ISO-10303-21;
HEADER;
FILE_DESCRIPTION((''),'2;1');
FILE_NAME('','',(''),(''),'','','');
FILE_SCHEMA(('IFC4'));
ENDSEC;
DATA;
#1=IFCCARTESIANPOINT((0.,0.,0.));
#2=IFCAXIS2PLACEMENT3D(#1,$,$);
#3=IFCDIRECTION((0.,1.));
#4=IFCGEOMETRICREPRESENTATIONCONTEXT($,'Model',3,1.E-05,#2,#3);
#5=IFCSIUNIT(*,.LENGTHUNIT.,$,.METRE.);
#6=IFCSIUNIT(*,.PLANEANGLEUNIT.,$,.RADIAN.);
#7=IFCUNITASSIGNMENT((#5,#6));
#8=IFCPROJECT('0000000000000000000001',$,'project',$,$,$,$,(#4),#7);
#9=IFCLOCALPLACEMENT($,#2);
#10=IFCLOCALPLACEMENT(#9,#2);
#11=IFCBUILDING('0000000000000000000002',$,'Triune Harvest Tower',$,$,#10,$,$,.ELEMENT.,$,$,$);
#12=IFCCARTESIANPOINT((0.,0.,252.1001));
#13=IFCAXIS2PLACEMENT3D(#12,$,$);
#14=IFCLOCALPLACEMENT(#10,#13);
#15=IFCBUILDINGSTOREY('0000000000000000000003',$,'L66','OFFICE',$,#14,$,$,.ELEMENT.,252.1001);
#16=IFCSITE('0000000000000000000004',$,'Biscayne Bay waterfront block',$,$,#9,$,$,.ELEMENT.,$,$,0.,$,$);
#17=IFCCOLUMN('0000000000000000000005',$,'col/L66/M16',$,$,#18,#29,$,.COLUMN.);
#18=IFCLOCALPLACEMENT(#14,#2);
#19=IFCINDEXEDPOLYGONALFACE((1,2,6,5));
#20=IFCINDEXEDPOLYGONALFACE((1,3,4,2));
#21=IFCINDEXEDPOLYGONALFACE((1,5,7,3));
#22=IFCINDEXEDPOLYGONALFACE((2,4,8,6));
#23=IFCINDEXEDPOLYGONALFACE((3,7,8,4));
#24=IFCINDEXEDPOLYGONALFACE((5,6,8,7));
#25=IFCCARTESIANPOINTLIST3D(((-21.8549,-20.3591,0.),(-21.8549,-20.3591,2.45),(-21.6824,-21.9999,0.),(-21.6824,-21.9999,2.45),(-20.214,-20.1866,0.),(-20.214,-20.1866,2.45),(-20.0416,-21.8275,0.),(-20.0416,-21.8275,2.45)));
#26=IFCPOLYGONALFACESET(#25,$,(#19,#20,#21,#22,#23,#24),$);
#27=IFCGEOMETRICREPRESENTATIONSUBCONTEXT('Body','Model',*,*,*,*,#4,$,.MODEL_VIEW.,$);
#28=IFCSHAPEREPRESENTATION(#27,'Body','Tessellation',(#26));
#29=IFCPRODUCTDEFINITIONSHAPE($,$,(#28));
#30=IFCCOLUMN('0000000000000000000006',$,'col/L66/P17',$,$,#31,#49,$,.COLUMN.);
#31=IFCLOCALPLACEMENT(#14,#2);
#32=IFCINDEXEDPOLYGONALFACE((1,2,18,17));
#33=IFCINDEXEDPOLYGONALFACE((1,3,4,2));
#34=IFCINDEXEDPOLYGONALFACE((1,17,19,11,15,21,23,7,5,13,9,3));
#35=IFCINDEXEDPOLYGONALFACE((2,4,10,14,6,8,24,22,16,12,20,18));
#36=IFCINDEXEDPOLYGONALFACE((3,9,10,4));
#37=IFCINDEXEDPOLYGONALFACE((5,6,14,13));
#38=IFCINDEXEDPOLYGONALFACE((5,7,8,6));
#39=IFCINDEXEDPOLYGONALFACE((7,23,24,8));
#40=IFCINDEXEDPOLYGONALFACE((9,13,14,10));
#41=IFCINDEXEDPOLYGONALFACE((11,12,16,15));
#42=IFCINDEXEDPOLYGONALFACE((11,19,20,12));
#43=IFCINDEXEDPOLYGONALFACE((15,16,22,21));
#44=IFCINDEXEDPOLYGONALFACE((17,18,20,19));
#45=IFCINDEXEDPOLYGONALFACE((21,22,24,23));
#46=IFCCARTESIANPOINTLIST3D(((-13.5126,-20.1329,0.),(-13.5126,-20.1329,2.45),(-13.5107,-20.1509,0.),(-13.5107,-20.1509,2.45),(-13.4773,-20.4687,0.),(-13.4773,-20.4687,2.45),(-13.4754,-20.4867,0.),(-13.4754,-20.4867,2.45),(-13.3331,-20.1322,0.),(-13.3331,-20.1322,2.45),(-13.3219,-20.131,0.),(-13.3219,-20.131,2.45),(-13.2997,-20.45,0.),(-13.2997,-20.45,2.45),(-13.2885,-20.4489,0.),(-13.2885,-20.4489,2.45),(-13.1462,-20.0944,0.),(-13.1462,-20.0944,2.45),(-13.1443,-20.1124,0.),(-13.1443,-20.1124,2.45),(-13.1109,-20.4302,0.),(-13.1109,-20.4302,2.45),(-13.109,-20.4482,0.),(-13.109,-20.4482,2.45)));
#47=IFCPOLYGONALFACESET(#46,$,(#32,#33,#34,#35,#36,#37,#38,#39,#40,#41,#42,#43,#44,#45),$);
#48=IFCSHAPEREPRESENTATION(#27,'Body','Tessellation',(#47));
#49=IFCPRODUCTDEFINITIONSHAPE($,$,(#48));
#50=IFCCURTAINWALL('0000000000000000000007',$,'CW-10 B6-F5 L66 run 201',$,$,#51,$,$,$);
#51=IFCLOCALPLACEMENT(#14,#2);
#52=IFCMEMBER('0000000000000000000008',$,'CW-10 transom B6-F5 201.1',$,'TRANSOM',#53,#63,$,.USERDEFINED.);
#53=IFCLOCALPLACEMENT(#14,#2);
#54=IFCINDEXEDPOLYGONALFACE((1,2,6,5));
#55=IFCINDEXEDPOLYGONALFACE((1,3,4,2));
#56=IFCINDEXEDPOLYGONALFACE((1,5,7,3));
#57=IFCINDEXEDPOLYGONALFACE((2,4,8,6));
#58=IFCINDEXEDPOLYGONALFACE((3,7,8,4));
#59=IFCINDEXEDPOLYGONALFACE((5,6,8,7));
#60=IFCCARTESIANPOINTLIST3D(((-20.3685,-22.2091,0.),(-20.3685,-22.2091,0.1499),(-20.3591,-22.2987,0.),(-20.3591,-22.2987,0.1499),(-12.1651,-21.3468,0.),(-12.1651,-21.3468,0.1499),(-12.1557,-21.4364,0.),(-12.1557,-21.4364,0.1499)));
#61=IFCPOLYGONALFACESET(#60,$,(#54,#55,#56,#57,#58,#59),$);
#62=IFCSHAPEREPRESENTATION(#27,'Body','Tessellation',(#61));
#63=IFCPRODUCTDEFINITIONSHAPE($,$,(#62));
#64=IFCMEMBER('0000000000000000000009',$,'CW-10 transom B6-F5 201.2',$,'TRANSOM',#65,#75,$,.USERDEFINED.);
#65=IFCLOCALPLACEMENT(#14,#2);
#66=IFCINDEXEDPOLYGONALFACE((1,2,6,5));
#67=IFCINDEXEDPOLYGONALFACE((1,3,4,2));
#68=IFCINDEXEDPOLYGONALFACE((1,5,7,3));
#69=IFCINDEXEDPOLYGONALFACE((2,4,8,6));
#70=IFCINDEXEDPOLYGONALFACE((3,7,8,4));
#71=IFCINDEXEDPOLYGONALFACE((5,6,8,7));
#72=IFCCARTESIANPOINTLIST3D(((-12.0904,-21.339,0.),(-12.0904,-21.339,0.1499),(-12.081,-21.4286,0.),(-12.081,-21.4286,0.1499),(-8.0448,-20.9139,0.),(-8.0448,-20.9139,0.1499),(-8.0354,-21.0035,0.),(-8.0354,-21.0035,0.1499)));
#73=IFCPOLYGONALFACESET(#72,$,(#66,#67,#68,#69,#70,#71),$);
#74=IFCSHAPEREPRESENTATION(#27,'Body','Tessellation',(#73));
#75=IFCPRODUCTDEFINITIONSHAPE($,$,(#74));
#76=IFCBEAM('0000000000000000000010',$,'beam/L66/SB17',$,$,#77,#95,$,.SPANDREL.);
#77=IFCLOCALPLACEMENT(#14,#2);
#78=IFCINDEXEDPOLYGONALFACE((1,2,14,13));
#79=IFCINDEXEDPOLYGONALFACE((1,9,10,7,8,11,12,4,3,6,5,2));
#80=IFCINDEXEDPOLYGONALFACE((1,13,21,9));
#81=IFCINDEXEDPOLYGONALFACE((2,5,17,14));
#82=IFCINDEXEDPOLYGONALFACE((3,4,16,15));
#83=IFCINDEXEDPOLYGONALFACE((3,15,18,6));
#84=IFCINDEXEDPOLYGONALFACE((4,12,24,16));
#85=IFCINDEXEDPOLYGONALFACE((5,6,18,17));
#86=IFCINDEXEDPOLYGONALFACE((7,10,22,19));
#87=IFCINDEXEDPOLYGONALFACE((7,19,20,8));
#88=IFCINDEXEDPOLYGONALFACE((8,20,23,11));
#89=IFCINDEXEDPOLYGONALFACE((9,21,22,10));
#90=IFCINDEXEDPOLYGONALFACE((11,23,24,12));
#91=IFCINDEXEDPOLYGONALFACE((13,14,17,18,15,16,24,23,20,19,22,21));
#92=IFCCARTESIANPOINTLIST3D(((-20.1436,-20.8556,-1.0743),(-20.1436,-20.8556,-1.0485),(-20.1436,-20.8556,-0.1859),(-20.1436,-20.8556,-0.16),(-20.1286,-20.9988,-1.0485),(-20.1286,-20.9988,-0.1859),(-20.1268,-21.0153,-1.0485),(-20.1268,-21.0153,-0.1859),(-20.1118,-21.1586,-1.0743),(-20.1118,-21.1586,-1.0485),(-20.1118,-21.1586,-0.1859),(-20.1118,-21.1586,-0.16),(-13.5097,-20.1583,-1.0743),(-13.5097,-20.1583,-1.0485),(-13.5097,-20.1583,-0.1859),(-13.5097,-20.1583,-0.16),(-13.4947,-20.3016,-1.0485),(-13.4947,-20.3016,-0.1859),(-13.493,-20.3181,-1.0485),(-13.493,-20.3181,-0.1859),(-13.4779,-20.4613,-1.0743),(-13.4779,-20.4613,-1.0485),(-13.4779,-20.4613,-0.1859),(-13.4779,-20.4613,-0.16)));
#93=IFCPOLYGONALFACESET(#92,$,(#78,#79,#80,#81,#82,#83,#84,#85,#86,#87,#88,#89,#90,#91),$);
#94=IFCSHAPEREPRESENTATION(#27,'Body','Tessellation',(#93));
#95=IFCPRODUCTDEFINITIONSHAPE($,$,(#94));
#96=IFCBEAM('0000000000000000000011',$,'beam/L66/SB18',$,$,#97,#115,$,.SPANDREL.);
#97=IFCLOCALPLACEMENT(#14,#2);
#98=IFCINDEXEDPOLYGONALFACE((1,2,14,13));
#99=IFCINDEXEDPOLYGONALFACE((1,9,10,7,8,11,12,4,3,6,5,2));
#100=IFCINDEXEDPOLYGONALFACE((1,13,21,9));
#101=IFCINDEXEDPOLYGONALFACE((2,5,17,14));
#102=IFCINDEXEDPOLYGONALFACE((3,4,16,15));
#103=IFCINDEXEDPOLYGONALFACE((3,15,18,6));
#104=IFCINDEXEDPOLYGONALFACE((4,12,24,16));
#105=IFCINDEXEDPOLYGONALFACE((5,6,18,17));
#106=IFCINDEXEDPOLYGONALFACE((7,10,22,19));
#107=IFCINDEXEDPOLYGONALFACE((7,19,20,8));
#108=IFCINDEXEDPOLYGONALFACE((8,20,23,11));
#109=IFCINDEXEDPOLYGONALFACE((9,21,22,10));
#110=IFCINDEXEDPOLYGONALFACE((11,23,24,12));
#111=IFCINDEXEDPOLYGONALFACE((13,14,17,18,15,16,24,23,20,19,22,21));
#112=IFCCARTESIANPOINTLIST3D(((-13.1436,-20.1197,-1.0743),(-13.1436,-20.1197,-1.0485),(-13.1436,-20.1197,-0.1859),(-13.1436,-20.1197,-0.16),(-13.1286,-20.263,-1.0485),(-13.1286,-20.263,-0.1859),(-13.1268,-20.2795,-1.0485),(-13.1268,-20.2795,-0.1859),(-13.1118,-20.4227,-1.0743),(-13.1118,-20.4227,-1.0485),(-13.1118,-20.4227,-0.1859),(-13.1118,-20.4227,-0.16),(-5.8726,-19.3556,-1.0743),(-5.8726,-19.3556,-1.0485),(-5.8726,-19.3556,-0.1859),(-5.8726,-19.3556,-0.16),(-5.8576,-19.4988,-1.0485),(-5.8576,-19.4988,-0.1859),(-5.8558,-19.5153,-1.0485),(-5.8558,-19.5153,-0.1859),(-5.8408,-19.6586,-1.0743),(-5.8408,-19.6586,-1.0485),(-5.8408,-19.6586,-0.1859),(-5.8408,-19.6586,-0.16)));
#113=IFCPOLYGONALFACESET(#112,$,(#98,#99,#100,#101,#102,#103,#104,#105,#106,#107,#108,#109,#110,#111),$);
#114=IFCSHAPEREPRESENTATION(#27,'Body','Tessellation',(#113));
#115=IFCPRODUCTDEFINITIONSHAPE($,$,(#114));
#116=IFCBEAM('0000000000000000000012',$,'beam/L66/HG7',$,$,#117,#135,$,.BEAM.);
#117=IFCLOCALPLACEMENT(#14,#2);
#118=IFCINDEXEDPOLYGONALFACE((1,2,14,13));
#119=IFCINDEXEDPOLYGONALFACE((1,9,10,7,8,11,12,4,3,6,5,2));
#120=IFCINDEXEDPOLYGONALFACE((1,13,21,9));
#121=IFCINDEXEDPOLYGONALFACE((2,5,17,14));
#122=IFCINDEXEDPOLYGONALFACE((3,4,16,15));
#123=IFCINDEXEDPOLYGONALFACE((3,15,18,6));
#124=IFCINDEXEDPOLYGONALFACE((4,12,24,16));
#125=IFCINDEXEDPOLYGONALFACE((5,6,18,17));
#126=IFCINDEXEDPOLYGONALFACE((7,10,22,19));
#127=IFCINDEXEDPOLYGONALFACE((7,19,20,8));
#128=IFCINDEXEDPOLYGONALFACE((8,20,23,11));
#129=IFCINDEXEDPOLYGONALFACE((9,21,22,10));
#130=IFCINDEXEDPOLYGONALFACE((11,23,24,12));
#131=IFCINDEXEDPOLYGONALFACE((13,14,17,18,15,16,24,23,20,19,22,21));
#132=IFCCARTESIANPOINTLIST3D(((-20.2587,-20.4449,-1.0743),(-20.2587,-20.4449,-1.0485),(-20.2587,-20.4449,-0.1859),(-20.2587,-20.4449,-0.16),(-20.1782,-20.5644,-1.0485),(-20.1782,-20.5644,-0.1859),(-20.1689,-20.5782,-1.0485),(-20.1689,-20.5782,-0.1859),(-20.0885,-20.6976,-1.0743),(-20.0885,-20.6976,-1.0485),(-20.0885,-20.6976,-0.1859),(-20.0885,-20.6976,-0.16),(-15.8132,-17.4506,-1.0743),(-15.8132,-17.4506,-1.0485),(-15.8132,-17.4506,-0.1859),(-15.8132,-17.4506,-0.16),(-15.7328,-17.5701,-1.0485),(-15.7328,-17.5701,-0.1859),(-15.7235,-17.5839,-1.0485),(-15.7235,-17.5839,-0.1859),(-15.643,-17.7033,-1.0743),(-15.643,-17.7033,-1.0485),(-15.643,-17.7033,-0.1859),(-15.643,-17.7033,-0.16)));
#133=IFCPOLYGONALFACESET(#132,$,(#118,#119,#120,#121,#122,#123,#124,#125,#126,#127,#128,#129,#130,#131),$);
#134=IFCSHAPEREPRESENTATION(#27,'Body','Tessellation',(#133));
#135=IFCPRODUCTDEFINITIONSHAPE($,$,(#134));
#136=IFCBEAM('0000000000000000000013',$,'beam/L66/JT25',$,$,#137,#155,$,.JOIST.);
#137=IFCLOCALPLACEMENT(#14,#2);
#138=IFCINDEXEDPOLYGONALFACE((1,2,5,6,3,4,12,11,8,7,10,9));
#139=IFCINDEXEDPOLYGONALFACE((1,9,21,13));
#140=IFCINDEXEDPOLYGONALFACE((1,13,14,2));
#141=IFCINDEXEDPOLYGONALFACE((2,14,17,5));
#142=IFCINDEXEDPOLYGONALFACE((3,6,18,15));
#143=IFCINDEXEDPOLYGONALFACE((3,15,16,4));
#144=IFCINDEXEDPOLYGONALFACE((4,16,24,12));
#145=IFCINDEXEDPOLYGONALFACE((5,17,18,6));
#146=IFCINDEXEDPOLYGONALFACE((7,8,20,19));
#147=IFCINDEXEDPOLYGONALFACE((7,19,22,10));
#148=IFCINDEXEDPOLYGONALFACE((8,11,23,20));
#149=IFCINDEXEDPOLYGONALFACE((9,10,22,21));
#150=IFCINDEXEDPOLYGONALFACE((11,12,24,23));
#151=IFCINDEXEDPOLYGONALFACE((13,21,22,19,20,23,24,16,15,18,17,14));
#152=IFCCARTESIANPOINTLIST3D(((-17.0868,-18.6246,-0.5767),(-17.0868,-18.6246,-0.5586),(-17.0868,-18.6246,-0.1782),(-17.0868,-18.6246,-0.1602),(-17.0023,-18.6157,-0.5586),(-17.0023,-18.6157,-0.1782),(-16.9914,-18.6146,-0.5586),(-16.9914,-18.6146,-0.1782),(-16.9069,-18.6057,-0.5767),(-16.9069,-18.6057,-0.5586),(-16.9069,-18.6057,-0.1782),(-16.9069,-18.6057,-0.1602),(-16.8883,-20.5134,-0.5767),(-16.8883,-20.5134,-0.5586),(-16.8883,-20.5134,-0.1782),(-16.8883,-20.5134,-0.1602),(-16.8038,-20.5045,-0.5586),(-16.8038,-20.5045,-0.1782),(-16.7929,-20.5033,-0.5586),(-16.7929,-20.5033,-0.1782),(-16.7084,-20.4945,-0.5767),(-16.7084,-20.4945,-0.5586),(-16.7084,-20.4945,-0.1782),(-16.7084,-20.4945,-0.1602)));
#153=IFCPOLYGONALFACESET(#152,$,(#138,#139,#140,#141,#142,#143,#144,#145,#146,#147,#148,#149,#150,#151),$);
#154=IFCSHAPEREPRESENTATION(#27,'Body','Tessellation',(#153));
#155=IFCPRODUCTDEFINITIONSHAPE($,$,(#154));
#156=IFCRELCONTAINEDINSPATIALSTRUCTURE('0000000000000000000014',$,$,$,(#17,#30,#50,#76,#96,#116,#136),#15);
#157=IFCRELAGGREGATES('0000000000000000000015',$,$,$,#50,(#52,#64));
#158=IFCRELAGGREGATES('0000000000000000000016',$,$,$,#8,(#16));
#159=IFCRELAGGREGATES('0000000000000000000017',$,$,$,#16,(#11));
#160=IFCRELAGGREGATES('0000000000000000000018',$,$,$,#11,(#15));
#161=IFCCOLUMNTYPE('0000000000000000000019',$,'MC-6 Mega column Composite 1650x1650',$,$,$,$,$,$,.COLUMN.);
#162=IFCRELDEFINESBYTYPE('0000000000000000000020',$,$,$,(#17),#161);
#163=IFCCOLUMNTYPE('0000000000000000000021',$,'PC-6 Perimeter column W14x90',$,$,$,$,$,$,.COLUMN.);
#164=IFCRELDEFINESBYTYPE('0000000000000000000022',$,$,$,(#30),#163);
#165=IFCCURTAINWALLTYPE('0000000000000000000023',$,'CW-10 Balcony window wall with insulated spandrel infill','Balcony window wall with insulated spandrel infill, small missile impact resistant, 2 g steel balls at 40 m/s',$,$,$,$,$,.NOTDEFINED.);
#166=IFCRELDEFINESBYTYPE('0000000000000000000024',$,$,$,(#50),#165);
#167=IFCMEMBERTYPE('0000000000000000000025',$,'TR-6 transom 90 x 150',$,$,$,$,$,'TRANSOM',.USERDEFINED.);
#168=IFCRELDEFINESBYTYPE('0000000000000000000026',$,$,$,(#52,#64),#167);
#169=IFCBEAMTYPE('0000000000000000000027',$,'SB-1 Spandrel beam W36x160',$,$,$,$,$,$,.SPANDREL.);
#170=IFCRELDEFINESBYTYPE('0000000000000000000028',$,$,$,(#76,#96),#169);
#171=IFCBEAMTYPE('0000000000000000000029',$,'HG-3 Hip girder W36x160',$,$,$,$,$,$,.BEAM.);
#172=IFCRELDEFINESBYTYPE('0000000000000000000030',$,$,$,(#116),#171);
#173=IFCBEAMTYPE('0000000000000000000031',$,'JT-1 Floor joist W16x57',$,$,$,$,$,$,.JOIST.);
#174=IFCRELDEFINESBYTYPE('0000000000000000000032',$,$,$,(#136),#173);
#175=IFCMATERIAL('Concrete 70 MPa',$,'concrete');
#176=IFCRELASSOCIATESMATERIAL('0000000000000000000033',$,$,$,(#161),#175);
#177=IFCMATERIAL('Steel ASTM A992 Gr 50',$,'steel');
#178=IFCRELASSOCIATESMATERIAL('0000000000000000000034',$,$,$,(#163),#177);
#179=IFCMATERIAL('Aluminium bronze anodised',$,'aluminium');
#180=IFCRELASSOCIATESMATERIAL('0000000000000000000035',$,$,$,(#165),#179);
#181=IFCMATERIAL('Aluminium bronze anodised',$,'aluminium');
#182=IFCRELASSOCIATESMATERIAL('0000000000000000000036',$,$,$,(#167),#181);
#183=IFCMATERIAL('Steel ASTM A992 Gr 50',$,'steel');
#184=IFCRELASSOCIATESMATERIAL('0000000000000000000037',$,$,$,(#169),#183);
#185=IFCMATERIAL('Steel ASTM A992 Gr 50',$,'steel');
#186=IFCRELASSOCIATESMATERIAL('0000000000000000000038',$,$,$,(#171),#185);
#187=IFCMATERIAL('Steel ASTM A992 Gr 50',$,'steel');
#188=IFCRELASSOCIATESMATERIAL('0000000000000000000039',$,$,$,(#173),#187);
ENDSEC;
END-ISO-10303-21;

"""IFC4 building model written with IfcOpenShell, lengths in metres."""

from ifc_helpers import new_model, si_unit, direction, frame, origin, origin_2d, place, context, subcontext, project, spatial, rectangle, i_section, extrude, source, transform, mapped, material, material_profile, profile_set, type_object, element, aggregate, save


model = new_model("IFC4")

# Units and contexts
model_context = context("Model", 3, precision=1e-05, world=origin(), true_north=direction((0.0, 1.0)))
body_context = subcontext(model_context, "Body", "Model", "MODEL_VIEW")
ifc_project = project(units=[si_unit("LENGTHUNIT", "METRE"), si_unit("PLANEANGLEUNIT", "RADIAN")], contexts=[model_context])

# Site, building, storey
site_placement = place(None, origin())
site = spatial("IfcSite", under=ifc_project, at=site_placement, Name="Biscayne Bay waterfront block", CompositionType="ELEMENT", RefElevation=0.0)
building_placement = place(site_placement, origin())
building = spatial("IfcBuilding", under=site, at=building_placement, Name="Triune Harvest Tower", CompositionType="ELEMENT")
storey_placement = place(building_placement, frame((0.0, 0.0, 252.1001)))
storey = spatial("IfcBuildingStorey", under=building, at=storey_placement, Name="L66", Description="OFFICE", CompositionType="ELEMENT", Elevation=252.1001)

# Columns
ifc_material_1 = material(Name="Concrete 70 MPa", Category="concrete")
ifc_material_profile_1 = material_profile(ifc_material_1, rectangle(XDim=1.6499, YDim=1.6499, at=origin_2d()), Name="Composite 1650x1650")
ifc_profile_set_1 = profile_set([ifc_material_profile_1], Name="Concrete 70 MPa")
column_type_1 = type_object("IfcColumnType", Name="MC-6 Mega column Composite 1650x1650", PredefinedType="COLUMN", material=ifc_profile_set_1)
shared_shape_1 = source(origin(), body_context, "Body", "SweptSolid", [
    extrude(rectangle(XDim=1.6499, YDim=1.6499, at=origin_2d()), origin(), (0.0, 0.0, 1.0), 2.45),
])
column_1_placement = place(storey_placement, frame((-20.9482, -21.0933, 0.0), z_axis=(0.0, 0.0, 1.0), x_axis=(0.994522, 0.10453, 0.0)))
element("IfcColumn", 1, at=column_1_placement, inside=storey, type_object=column_type_1, Name="col/L66/M16", PredefinedType="COLUMN", context=body_context, shape_type="MappedRepresentation", body=[
    mapped(shared_shape_1, transform((0.0, 0.0, 0.0), scale=1.0)),
])
ifc_material_2 = material(Name="Steel ASTM A992 Gr 50", Category="steel")
ifc_material_profile_2 = material_profile(ifc_material_2, i_section(OverallWidth=0.3684, OverallDepth=0.3557, WebThickness=0.0112, FlangeThickness=0.0181, at=origin_2d()), Name="W14x90")
ifc_profile_set_2 = profile_set([ifc_material_profile_2], Name="Steel ASTM A992 Gr 50")
column_type_2 = type_object("IfcColumnType", Name="PC-6 Perimeter column W14x90", PredefinedType="COLUMN", material=ifc_profile_set_2)
shared_shape_2 = source(origin(), body_context, "Body", "SweptSolid", [
    extrude(i_section(OverallWidth=0.3684, OverallDepth=0.3557, WebThickness=0.0112, FlangeThickness=0.0181, at=origin_2d()), origin(), (0.0, 0.0, 1.0), 2.45),
])
column_2_placement = place(storey_placement, frame((-13.3108, -20.2905, 0.0), z_axis=(0.0, 0.0, 1.0), x_axis=(0.994522, 0.10453, 0.0)))
element("IfcColumn", 2, at=column_2_placement, inside=storey, type_object=column_type_2, Name="col/L66/P17", PredefinedType="COLUMN", context=body_context, shape_type="MappedRepresentation", body=[
    mapped(shared_shape_2, transform((0.0, 0.0, 0.0), scale=1.0)),
])

# Curtain wall, members
ifc_material_3 = material(Name="Aluminium bronze anodised", Category="aluminium")
curtain_wall_type_1 = type_object("IfcCurtainWallType", Name="CW-10 Balcony window wall with insulated spandrel infill", Description="Balcony window wall with insulated spandrel infill, small missile impact resistant, 2 g steel balls at 40 m/s", PredefinedType="NOTDEFINED", material=ifc_material_3)
curtain_wall_1_placement = place(storey_placement, origin())
curtain_wall_1 = element("IfcCurtainWall", 3, at=curtain_wall_1_placement, inside=storey, type_object=curtain_wall_type_1, Name="CW-10 B6-F5 L66 run 201")
ifc_material_4 = material(Name="Aluminium bronze anodised", Category="aluminium")
ifc_material_profile_3 = material_profile(ifc_material_4, rectangle(XDim=0.0901, YDim=0.1499, at=origin_2d()), Name="TR-6 transom 90 x 150")
ifc_profile_set_3 = profile_set([ifc_material_profile_3], Name="Aluminium bronze anodised")
member_type_1 = type_object("IfcMemberType", Name="TR-6 transom 90 x 150", ElementType="TRANSOM", PredefinedType="USERDEFINED", material=ifc_profile_set_3)
member_1_placement = place(storey_placement, frame((-20.3638, -22.2539, 0.075), z_axis=(0.994521, 0.10454, 0.0), x_axis=(-0.10454, 0.994521, 0.0)))
member_1 = element("IfcMember", 4, at=member_1_placement, type_object=member_type_1, Name="CW-10 transom B6-F5 201.1", ObjectType="TRANSOM", PredefinedType="USERDEFINED", context=body_context, shape_type="SweptSolid", body=[
    extrude(rectangle(XDim=0.0901, YDim=0.1499, at=origin_2d()), origin(), (0.0, 0.0, 1.0), 8.2485),
])
member_2_placement = place(storey_placement, frame((-12.0857, -21.3838, 0.075), z_axis=(0.994526, 0.104488, 0.0), x_axis=(-0.104488, 0.994526, 0.0)))
member_2 = element("IfcMember", 5, at=member_2_placement, type_object=member_type_1, Name="CW-10 transom B6-F5 201.2", ObjectType="TRANSOM", PredefinedType="USERDEFINED", context=body_context, shape_type="SweptSolid", body=[
    extrude(rectangle(XDim=0.0901, YDim=0.1499, at=origin_2d()), origin(), (0.0, 0.0, 1.0), 4.0679),
])

# Beams
ifc_material_5 = material(Name="Steel ASTM A992 Gr 50", Category="steel")
ifc_material_profile_4 = material_profile(ifc_material_5, i_section(OverallWidth=0.3047, OverallDepth=0.9143, WebThickness=0.0166, FlangeThickness=0.0259, at=origin_2d()), Name="W36x160")
ifc_profile_set_4 = profile_set([ifc_material_profile_4], Name="Steel ASTM A992 Gr 50")
beam_type_1 = type_object("IfcBeamType", Name="SB-1 Spandrel beam W36x160", PredefinedType="SPANDREL", material=ifc_profile_set_4)
shared_shape_3 = source(origin(), body_context, "Body", "SweptSolid", [
    extrude(i_section(OverallWidth=0.3047, OverallDepth=0.9143, WebThickness=0.0166, FlangeThickness=0.0259, at=origin_2d()), origin(), (0.0, 0.0, 1.0), 6.6704),
])
beam_1_placement = place(storey_placement, frame((-20.1277, -21.0071, -0.6172), z_axis=(0.994521, 0.104532, 0.0), x_axis=(-0.104532, 0.994521, 0.0)))
element("IfcBeam", 6, at=beam_1_placement, inside=storey, type_object=beam_type_1, Name="beam/L66/SB17", PredefinedType="SPANDREL", context=body_context, shape_type="MappedRepresentation", body=[
    mapped(shared_shape_3, transform((0.0, 0.0, 0.0), scale=1.0)),
])
shared_shape_4 = source(origin(), body_context, "Body", "SweptSolid", [
    extrude(i_section(OverallWidth=0.3047, OverallDepth=0.9143, WebThickness=0.0166, FlangeThickness=0.0259, at=origin_2d()), origin(), (0.0, 0.0, 1.0), 7.311),
])
beam_2_placement = place(storey_placement, frame((-13.1277, -20.2712, -0.6172), z_axis=(0.994523, 0.104521, 0.0), x_axis=(-0.104521, 0.994523, 0.0)))
element("IfcBeam", 7, at=beam_2_placement, inside=storey, type_object=beam_type_1, Name="beam/L66/SB18", PredefinedType="SPANDREL", context=body_context, shape_type="MappedRepresentation", body=[
    mapped(shared_shape_4, transform((0.0, 0.0, 0.0), scale=1.0)),
])
ifc_material_6 = material(Name="Steel ASTM A992 Gr 50", Category="steel")
ifc_material_profile_5 = material_profile(ifc_material_6, i_section(OverallWidth=0.3047, OverallDepth=0.9143, WebThickness=0.0166, FlangeThickness=0.0259, at=origin_2d()), Name="W36x160")
ifc_profile_set_5 = profile_set([ifc_material_profile_5], Name="Steel ASTM A992 Gr 50")
beam_type_2 = type_object("IfcBeamType", Name="HG-3 Hip girder W36x160", PredefinedType="BEAM", material=ifc_profile_set_5)
shared_shape_5 = source(origin(), body_context, "Body", "SweptSolid", [
    extrude(i_section(OverallWidth=0.3047, OverallDepth=0.9143, WebThickness=0.0166, FlangeThickness=0.0259, at=origin_2d()), origin(), (0.0, 0.0, 1.0), 5.3599),
])
beam_3_placement = place(storey_placement, frame((-20.1736, -20.5713, -0.6172), z_axis=(0.829399, 0.558657, 0.0), x_axis=(-0.558657, 0.829399, 0.0)))
element("IfcBeam", 8, at=beam_3_placement, inside=storey, type_object=beam_type_2, Name="beam/L66/HG7", PredefinedType="BEAM", context=body_context, shape_type="MappedRepresentation", body=[
    mapped(shared_shape_5, transform((0.0, 0.0, 0.0), scale=1.0)),
])
ifc_material_7 = material(Name="Steel ASTM A992 Gr 50", Category="steel")
ifc_material_profile_6 = material_profile(ifc_material_7, i_section(OverallWidth=0.1809, OverallDepth=0.4165, WebThickness=0.011, FlangeThickness=0.0181, at=origin_2d()), Name="W16x57")
ifc_profile_set_6 = profile_set([ifc_material_profile_6], Name="Steel ASTM A992 Gr 50")
beam_type_3 = type_object("IfcBeamType", Name="JT-1 Floor joist W16x57", PredefinedType="JOIST", material=ifc_profile_set_6)
shared_shape_6 = source(origin(), body_context, "Body", "SweptSolid", [
    extrude(i_section(OverallWidth=0.1809, OverallDepth=0.4165, WebThickness=0.011, FlangeThickness=0.0181, at=origin_2d()), origin(), (0.0, 0.0, 1.0), 1.8992),
])
beam_4_placement = place(storey_placement, frame((-16.7983, -20.5039, -0.3684), z_axis=(-0.104517, 0.994523, 0.0), x_axis=(-0.994523, -0.104517, 0.0)))
element("IfcBeam", 9, at=beam_4_placement, inside=storey, type_object=beam_type_3, Name="beam/L66/JT25", PredefinedType="JOIST", context=body_context, shape_type="MappedRepresentation", body=[
    mapped(shared_shape_6, transform((0.0, 0.0, 0.0), scale=1.0)),
])

aggregate(curtain_wall_1, [member_1, member_2])

save(model, "model.ifc")
